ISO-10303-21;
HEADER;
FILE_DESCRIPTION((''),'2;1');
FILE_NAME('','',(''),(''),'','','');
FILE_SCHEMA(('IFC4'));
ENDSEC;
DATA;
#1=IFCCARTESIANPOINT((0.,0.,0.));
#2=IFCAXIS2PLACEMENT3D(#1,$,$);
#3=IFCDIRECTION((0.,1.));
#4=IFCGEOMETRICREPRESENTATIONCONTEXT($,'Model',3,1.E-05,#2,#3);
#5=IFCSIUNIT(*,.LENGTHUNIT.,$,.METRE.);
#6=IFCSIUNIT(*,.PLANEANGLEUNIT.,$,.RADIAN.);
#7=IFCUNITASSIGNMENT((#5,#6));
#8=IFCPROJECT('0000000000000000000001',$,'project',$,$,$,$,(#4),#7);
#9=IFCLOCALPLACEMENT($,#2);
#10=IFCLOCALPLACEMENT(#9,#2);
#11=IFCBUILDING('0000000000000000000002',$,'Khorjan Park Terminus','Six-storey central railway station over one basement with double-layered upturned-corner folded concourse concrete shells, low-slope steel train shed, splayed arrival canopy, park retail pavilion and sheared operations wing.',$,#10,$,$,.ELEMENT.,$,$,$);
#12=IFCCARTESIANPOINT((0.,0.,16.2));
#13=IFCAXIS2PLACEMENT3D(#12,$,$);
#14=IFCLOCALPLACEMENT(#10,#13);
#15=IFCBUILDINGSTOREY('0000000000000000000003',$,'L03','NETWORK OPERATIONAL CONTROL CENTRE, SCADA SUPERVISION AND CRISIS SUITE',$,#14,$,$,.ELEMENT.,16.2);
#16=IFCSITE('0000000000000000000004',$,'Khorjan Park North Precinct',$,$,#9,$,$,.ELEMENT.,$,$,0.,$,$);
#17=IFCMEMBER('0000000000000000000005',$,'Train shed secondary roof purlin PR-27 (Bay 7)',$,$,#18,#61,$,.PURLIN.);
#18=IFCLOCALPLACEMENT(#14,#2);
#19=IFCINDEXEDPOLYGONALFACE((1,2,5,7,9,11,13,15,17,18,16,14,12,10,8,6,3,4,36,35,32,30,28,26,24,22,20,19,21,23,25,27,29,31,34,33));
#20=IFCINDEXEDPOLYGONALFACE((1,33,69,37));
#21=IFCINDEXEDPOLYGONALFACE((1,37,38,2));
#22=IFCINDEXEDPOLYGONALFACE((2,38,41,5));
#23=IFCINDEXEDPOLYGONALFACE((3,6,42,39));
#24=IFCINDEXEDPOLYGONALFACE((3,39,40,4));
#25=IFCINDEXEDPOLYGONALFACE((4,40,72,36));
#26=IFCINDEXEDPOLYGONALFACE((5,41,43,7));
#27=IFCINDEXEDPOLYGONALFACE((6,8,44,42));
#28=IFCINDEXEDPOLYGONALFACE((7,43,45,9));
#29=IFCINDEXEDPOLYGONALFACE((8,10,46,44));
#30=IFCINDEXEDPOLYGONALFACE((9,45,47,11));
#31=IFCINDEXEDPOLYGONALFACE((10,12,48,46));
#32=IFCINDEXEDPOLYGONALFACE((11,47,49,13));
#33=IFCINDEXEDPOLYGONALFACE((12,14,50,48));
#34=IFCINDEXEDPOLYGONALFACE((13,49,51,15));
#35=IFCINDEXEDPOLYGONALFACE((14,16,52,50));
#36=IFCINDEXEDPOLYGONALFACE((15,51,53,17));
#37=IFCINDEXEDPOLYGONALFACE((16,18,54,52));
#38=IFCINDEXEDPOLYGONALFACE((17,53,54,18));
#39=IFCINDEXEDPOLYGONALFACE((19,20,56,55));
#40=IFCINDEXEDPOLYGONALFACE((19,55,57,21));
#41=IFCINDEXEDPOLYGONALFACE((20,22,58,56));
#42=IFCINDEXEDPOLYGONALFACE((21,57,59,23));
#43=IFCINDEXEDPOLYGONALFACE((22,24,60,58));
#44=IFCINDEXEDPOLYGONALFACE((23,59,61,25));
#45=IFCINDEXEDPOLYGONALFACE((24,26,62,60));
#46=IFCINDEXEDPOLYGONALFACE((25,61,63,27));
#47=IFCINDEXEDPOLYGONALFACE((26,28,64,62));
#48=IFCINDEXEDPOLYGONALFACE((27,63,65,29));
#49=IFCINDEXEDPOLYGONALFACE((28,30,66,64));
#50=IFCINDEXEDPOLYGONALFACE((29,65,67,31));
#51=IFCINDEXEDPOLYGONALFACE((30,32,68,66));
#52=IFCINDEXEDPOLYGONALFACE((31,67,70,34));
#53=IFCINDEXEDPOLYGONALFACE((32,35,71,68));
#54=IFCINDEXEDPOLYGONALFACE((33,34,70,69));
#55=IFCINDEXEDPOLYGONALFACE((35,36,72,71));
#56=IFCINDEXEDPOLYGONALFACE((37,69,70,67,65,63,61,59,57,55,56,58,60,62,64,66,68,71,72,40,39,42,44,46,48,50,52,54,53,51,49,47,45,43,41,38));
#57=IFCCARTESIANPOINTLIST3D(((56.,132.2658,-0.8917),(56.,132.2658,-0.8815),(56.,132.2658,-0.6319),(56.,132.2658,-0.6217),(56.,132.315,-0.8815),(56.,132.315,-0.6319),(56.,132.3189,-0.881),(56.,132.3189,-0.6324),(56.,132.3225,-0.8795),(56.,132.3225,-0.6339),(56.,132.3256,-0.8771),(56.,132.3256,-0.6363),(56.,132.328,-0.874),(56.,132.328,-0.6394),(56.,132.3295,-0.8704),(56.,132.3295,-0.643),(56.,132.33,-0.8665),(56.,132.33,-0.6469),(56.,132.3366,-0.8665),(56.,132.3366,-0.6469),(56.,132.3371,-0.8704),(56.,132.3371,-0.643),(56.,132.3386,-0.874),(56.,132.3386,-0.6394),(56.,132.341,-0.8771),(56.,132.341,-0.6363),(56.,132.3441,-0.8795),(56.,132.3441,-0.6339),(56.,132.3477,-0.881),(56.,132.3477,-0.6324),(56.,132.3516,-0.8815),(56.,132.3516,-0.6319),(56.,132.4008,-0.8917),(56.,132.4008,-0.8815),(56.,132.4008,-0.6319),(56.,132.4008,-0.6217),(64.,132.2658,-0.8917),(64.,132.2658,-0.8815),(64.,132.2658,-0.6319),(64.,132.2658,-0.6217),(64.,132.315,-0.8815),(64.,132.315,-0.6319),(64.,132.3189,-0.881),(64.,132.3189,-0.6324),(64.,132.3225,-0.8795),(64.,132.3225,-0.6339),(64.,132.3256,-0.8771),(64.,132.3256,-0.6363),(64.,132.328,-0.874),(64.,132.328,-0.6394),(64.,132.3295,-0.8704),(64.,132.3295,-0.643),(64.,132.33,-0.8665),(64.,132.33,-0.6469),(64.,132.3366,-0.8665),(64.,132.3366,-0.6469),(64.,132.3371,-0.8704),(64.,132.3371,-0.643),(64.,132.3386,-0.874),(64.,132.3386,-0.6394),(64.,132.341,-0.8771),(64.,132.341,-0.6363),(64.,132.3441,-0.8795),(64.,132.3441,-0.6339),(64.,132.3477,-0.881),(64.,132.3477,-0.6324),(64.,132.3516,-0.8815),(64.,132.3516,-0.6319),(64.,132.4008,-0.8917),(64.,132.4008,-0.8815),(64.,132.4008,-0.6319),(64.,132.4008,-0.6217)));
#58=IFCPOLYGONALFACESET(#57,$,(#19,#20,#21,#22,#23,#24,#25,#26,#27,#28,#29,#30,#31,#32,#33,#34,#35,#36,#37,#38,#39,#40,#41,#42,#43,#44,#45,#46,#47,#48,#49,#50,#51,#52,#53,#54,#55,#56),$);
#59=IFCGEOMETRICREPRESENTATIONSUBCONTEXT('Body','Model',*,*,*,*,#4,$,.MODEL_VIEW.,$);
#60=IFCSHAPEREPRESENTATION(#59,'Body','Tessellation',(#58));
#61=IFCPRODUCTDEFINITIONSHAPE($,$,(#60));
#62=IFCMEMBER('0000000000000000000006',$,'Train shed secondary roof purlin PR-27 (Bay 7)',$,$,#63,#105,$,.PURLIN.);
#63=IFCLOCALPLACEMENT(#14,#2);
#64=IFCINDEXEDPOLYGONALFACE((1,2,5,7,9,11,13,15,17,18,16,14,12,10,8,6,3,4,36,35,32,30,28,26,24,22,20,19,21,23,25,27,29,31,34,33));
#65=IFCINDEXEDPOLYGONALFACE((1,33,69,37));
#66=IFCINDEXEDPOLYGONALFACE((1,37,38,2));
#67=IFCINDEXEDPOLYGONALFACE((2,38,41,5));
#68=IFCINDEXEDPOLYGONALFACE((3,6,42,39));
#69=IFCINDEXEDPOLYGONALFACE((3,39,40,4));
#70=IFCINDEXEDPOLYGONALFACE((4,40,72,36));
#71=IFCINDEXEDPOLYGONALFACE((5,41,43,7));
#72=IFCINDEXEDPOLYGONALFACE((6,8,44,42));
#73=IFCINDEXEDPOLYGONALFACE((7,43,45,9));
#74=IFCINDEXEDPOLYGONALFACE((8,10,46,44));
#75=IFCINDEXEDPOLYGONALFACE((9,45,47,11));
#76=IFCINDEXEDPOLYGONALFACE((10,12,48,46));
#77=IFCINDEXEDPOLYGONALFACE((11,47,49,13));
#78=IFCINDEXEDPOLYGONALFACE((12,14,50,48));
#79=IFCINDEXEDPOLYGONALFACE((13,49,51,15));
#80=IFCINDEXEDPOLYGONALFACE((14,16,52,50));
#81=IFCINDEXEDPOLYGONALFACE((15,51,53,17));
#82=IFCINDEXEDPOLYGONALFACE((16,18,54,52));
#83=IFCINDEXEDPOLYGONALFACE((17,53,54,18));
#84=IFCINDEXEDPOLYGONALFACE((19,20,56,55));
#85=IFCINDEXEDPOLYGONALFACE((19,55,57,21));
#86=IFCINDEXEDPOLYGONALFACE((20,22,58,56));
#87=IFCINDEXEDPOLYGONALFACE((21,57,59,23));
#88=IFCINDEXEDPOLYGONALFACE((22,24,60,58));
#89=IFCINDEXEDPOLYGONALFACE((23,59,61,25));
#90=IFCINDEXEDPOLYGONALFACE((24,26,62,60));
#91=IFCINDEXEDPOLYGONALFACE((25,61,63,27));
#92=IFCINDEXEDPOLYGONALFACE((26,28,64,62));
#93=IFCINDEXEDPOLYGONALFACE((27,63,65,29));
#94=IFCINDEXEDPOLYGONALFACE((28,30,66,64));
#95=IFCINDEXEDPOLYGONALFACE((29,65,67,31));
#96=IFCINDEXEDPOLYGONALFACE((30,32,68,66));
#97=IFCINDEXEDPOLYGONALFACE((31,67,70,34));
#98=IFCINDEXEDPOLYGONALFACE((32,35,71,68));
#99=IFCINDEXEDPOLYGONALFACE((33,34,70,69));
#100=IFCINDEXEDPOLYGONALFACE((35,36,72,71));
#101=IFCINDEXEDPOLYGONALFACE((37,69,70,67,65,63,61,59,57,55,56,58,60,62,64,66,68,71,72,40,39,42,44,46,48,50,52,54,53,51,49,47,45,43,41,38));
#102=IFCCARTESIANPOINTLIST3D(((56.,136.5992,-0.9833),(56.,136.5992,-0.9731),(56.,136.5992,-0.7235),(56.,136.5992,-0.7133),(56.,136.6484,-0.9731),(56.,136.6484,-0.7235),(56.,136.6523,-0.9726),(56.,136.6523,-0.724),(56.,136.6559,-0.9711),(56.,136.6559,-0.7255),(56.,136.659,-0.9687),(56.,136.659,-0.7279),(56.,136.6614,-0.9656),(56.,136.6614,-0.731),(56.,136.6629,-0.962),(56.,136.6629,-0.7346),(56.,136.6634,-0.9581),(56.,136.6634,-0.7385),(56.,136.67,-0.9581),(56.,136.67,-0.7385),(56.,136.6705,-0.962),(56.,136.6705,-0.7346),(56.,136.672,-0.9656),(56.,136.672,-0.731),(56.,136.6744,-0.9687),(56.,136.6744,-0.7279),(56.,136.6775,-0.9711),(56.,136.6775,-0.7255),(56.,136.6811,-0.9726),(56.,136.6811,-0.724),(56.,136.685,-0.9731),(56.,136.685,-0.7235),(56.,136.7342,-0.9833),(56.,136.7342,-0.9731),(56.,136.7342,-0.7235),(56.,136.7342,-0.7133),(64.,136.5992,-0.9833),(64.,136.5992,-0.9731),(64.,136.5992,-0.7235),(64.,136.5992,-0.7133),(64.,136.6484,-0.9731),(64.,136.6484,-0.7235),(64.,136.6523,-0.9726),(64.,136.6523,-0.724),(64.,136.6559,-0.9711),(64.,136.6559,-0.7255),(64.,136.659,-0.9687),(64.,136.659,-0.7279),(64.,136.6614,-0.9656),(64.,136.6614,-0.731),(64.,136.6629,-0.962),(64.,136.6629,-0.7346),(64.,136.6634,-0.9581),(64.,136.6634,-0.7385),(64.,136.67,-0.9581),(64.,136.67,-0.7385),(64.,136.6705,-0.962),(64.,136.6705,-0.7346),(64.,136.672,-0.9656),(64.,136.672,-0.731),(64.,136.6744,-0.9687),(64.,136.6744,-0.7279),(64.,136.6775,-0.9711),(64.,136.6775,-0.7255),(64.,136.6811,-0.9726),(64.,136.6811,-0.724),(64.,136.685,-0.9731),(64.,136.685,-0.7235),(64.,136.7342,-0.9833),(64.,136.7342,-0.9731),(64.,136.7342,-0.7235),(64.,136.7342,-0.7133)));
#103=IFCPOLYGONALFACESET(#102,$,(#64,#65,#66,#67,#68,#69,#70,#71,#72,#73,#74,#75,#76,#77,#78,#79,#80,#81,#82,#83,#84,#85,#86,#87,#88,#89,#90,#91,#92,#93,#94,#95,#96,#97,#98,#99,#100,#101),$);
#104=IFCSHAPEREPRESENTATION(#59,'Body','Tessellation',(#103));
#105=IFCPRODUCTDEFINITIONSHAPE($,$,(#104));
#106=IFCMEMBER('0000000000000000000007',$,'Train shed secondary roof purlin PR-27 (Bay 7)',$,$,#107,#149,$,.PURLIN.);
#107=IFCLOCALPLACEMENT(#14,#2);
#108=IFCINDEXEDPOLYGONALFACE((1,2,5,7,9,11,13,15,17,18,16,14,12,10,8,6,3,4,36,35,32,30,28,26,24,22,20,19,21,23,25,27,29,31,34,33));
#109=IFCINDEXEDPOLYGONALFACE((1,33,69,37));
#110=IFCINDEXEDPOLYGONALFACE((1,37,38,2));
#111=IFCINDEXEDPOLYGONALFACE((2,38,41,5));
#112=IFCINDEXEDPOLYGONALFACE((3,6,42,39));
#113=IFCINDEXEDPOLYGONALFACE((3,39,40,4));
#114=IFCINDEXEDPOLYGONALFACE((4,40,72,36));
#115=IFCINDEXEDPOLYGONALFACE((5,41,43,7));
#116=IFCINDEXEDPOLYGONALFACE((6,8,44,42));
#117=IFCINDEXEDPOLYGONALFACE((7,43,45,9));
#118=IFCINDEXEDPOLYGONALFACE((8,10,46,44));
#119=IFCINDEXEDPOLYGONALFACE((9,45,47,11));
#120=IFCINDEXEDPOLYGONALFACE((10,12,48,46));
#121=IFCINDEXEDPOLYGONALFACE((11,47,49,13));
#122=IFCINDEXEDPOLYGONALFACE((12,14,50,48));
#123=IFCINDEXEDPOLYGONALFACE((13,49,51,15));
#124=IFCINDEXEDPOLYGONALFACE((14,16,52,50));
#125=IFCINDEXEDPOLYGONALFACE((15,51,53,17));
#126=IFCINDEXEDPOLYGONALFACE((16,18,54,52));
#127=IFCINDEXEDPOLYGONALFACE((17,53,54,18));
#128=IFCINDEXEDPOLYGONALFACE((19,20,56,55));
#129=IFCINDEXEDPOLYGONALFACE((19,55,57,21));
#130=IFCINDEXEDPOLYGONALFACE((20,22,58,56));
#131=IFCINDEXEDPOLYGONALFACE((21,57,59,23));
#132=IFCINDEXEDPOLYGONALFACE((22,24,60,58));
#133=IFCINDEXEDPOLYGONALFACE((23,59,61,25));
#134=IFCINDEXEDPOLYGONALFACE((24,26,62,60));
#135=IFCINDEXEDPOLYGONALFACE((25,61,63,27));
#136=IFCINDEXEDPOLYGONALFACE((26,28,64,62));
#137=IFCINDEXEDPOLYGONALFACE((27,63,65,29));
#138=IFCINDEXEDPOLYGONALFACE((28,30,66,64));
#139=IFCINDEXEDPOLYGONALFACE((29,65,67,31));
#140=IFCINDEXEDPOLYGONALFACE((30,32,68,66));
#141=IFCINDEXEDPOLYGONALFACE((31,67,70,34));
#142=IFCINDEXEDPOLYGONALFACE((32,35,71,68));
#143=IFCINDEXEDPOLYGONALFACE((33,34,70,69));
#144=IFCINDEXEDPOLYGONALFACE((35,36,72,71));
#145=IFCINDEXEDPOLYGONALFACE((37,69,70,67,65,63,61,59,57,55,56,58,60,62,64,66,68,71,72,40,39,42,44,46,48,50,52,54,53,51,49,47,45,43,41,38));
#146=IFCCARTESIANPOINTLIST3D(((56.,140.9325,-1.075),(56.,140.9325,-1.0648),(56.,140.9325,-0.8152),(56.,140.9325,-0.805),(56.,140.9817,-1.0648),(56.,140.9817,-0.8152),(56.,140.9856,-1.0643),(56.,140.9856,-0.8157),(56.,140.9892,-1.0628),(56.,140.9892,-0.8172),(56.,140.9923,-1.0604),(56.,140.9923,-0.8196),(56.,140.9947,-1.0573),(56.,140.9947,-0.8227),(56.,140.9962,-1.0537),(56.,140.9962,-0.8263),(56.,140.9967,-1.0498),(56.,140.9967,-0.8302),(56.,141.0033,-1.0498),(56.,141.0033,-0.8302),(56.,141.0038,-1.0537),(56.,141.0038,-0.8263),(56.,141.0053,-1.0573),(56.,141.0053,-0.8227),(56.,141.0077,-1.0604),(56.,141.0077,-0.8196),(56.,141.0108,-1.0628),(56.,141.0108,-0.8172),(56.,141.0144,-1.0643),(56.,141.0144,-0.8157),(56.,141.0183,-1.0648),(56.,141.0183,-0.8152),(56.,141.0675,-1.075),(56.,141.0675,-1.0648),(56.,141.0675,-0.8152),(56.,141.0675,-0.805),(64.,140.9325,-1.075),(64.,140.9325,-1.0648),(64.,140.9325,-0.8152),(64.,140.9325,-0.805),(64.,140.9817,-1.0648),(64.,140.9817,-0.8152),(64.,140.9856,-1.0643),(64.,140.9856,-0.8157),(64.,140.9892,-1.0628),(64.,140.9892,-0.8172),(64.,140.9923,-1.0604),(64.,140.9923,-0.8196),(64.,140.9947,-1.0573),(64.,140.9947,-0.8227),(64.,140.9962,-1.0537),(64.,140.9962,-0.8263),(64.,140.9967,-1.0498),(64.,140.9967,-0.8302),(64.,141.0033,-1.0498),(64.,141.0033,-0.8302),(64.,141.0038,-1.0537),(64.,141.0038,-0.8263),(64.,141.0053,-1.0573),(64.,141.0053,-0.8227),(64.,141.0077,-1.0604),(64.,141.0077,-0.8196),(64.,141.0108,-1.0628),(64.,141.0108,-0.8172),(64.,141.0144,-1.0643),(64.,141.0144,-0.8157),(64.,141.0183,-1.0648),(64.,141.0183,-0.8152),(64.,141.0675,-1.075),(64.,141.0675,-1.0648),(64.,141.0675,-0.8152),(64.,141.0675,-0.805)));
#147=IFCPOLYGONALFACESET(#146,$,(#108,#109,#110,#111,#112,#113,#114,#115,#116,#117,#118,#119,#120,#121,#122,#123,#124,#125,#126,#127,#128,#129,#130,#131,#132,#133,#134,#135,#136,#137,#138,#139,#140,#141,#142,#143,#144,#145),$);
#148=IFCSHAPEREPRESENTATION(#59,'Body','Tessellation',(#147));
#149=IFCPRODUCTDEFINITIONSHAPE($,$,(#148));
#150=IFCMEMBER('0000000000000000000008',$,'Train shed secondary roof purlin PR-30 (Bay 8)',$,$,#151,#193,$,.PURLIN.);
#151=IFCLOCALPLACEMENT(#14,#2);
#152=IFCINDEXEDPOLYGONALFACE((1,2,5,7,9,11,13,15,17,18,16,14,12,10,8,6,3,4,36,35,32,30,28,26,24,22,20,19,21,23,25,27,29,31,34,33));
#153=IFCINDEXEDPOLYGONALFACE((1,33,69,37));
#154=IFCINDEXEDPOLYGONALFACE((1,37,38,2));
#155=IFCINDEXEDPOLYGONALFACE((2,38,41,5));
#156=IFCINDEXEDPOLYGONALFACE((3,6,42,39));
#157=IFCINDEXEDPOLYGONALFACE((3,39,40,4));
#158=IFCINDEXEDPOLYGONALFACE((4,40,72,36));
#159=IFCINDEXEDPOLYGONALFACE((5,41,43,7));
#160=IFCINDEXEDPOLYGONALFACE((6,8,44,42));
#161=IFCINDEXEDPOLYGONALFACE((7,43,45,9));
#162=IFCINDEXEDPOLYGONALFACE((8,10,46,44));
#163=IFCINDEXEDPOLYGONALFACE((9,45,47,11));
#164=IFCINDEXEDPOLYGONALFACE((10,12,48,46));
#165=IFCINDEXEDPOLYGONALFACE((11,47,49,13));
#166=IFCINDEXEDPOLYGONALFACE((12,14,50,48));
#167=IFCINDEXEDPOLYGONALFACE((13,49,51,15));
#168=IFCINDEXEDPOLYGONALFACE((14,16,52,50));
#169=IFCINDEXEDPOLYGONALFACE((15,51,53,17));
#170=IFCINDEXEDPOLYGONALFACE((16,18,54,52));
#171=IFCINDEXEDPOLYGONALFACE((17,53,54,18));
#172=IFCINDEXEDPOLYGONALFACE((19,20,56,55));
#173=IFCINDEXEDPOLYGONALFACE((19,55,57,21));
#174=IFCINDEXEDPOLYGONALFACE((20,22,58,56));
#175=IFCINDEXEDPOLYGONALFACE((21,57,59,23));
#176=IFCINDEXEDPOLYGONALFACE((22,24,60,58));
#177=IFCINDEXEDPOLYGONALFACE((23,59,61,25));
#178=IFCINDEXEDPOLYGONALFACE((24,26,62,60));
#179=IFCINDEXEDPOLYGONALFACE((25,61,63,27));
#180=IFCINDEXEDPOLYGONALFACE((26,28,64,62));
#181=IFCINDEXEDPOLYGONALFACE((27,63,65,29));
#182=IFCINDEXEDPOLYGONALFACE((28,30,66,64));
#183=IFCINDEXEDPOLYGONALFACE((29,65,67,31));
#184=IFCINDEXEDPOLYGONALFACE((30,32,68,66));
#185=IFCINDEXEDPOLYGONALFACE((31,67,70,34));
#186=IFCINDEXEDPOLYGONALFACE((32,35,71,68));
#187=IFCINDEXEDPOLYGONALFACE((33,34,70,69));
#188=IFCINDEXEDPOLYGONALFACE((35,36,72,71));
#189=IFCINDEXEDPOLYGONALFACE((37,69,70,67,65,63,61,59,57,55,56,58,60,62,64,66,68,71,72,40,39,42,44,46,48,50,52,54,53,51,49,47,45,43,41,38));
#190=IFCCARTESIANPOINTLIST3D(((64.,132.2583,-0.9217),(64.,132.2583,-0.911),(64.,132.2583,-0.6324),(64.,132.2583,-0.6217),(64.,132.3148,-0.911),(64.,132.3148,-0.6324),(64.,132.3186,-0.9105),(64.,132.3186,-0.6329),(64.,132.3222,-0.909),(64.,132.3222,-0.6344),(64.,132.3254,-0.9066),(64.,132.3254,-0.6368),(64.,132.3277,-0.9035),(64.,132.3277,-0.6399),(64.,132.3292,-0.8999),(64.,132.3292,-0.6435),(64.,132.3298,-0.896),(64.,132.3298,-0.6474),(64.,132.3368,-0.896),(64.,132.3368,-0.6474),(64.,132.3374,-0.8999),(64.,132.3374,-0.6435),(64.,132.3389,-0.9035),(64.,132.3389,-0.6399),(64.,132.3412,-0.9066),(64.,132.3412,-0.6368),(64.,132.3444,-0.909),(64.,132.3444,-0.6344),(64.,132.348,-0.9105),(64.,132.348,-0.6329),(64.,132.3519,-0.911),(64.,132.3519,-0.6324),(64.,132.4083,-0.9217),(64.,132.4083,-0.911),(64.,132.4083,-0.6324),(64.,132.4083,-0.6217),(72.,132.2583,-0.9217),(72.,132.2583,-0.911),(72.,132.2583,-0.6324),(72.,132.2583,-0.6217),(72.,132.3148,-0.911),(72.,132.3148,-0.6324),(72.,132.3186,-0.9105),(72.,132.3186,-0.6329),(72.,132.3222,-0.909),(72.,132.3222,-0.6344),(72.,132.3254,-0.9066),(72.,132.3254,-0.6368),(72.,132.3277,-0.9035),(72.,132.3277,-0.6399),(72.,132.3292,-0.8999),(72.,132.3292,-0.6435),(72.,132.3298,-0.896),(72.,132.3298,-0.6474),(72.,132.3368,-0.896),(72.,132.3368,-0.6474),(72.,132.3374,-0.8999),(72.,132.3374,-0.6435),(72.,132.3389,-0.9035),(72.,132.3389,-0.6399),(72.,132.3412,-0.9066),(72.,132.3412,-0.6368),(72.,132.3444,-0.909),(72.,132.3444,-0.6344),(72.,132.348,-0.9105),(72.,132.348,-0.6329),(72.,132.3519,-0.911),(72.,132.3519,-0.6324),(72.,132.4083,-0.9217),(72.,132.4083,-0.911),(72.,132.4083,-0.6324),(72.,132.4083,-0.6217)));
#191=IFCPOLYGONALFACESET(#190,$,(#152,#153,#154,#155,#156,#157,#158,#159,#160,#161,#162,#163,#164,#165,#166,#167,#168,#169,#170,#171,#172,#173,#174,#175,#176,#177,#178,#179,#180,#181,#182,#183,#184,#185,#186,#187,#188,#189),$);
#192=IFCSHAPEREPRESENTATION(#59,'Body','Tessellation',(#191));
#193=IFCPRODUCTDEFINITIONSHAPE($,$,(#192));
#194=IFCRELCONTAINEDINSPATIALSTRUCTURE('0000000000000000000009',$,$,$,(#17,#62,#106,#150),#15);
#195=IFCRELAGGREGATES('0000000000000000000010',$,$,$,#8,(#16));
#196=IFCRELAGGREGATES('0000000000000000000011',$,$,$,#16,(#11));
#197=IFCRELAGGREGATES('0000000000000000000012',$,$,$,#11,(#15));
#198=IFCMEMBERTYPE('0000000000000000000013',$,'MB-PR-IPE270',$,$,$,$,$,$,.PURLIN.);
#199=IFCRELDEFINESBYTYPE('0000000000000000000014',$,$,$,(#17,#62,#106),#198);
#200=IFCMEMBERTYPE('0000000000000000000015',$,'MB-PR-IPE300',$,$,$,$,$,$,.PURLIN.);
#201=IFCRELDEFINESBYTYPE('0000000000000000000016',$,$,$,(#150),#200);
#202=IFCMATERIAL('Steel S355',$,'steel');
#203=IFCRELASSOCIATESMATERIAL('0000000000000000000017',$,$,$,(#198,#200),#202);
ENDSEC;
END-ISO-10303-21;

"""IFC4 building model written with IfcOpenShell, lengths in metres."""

from ifc_helpers import new_model, si_unit, direction, frame, origin, origin_2d, place, context, subcontext, project, spatial, i_section, extrude, material, material_profile, profile_set, type_object, element, save


model = new_model("IFC4")

# Units and contexts
model_context = context("Model", 3, precision=1e-05, world=origin(), true_north=direction((0.0, 1.0)))
body_context = subcontext(model_context, "Body", "Model", "MODEL_VIEW")
ifc_project = project(units=[si_unit("LENGTHUNIT", "METRE"), si_unit("PLANEANGLEUNIT", "RADIAN")], contexts=[model_context])

# Site, building, storey
site_placement = place(None, origin())
site = spatial("IfcSite", under=ifc_project, at=site_placement, Name="Khorjan Park North Precinct", CompositionType="ELEMENT", RefElevation=0.0)
building_placement = place(site_placement, origin())
building = spatial("IfcBuilding", under=site, at=building_placement, Name="Khorjan Park Terminus", Description="Six-storey central railway station over one basement with double-layered upturned-corner folded concourse concrete shells, low-slope steel train shed, splayed arrival canopy, park retail pavilion and sheared operations wing.", CompositionType="ELEMENT")
storey_placement = place(building_placement, frame((0.0, 0.0, 16.2)))
storey = spatial("IfcBuildingStorey", under=building, at=storey_placement, Name="L03", Description="NETWORK OPERATIONAL CONTROL CENTRE, SCADA SUPERVISION AND CRISIS SUITE", CompositionType="ELEMENT", Elevation=16.2)

# Members
ifc_material_1 = material(Name="Steel S355", Category="steel")
ifc_material_profile_1 = material_profile(ifc_material_1, i_section(OverallWidth=0.135, OverallDepth=0.27, WebThickness=0.0066, FlangeThickness=0.0102, FilletRadius=0.015, at=origin_2d()), Name="IPE 270")
ifc_profile_set_1 = profile_set([ifc_material_profile_1], Name="Steel S355")
member_type_1 = type_object("IfcMemberType", Name="MB-PR-IPE270", PredefinedType="PURLIN", material=ifc_profile_set_1)
for number, where, z_axis, x_axis, name in (
    (1, (56.0, 132.3333, -0.7567), (1.0, 0.0, 0.0), (0.0, 1.0, 0.0), "Train shed secondary roof purlin PR-27 (Bay 7)"),
    (2, (56.0, 136.6667, -0.8483), (1.0, 0.0, 0.0), (0.0, 1.0, 0.0), "Train shed secondary roof purlin PR-27 (Bay 7)"),
    (3, (56.0, 141.0, -0.94), (1.0, 0.0, 0.0), (0.0, 1.0, 0.0), "Train shed secondary roof purlin PR-27 (Bay 7)"),
):
    element("IfcMember", number, at=place(storey_placement, frame(where, z_axis=z_axis, x_axis=x_axis)), inside=storey, type_object=member_type_1, Name=name, PredefinedType="PURLIN", context=body_context, shape_type="SweptSolid", body=[
        extrude(i_section(OverallWidth=0.135, OverallDepth=0.27, WebThickness=0.0066, FlangeThickness=0.0102, FilletRadius=0.015, at=origin_2d()), origin(), (0.0, 0.0, 1.0), 8.0),
    ])
ifc_material_profile_2 = material_profile(ifc_material_1, i_section(OverallWidth=0.15, OverallDepth=0.3, WebThickness=0.0071, FlangeThickness=0.0107, FilletRadius=0.015, at=origin_2d()), Name="IPE 300")
ifc_profile_set_2 = profile_set([ifc_material_profile_2], Name="Steel S355")
member_type_2 = type_object("IfcMemberType", Name="MB-PR-IPE300", PredefinedType="PURLIN", material=ifc_profile_set_2)
for number, where, z_axis, x_axis, name in (
    (4, (64.0, 132.3333, -0.7717), (1.0, 0.0, 0.0), (0.0, 1.0, 0.0), "Train shed secondary roof purlin PR-30 (Bay 8)"),
):
    element("IfcMember", number, at=place(storey_placement, frame(where, z_axis=z_axis, x_axis=x_axis)), inside=storey, type_object=member_type_2, Name=name, PredefinedType="PURLIN", context=body_context, shape_type="SweptSolid", body=[
        extrude(i_section(OverallWidth=0.15, OverallDepth=0.3, WebThickness=0.0071, FlangeThickness=0.0107, FilletRadius=0.015, at=origin_2d()), origin(), (0.0, 0.0, 1.0), 8.0),
    ])

save(model, "model.ifc")
